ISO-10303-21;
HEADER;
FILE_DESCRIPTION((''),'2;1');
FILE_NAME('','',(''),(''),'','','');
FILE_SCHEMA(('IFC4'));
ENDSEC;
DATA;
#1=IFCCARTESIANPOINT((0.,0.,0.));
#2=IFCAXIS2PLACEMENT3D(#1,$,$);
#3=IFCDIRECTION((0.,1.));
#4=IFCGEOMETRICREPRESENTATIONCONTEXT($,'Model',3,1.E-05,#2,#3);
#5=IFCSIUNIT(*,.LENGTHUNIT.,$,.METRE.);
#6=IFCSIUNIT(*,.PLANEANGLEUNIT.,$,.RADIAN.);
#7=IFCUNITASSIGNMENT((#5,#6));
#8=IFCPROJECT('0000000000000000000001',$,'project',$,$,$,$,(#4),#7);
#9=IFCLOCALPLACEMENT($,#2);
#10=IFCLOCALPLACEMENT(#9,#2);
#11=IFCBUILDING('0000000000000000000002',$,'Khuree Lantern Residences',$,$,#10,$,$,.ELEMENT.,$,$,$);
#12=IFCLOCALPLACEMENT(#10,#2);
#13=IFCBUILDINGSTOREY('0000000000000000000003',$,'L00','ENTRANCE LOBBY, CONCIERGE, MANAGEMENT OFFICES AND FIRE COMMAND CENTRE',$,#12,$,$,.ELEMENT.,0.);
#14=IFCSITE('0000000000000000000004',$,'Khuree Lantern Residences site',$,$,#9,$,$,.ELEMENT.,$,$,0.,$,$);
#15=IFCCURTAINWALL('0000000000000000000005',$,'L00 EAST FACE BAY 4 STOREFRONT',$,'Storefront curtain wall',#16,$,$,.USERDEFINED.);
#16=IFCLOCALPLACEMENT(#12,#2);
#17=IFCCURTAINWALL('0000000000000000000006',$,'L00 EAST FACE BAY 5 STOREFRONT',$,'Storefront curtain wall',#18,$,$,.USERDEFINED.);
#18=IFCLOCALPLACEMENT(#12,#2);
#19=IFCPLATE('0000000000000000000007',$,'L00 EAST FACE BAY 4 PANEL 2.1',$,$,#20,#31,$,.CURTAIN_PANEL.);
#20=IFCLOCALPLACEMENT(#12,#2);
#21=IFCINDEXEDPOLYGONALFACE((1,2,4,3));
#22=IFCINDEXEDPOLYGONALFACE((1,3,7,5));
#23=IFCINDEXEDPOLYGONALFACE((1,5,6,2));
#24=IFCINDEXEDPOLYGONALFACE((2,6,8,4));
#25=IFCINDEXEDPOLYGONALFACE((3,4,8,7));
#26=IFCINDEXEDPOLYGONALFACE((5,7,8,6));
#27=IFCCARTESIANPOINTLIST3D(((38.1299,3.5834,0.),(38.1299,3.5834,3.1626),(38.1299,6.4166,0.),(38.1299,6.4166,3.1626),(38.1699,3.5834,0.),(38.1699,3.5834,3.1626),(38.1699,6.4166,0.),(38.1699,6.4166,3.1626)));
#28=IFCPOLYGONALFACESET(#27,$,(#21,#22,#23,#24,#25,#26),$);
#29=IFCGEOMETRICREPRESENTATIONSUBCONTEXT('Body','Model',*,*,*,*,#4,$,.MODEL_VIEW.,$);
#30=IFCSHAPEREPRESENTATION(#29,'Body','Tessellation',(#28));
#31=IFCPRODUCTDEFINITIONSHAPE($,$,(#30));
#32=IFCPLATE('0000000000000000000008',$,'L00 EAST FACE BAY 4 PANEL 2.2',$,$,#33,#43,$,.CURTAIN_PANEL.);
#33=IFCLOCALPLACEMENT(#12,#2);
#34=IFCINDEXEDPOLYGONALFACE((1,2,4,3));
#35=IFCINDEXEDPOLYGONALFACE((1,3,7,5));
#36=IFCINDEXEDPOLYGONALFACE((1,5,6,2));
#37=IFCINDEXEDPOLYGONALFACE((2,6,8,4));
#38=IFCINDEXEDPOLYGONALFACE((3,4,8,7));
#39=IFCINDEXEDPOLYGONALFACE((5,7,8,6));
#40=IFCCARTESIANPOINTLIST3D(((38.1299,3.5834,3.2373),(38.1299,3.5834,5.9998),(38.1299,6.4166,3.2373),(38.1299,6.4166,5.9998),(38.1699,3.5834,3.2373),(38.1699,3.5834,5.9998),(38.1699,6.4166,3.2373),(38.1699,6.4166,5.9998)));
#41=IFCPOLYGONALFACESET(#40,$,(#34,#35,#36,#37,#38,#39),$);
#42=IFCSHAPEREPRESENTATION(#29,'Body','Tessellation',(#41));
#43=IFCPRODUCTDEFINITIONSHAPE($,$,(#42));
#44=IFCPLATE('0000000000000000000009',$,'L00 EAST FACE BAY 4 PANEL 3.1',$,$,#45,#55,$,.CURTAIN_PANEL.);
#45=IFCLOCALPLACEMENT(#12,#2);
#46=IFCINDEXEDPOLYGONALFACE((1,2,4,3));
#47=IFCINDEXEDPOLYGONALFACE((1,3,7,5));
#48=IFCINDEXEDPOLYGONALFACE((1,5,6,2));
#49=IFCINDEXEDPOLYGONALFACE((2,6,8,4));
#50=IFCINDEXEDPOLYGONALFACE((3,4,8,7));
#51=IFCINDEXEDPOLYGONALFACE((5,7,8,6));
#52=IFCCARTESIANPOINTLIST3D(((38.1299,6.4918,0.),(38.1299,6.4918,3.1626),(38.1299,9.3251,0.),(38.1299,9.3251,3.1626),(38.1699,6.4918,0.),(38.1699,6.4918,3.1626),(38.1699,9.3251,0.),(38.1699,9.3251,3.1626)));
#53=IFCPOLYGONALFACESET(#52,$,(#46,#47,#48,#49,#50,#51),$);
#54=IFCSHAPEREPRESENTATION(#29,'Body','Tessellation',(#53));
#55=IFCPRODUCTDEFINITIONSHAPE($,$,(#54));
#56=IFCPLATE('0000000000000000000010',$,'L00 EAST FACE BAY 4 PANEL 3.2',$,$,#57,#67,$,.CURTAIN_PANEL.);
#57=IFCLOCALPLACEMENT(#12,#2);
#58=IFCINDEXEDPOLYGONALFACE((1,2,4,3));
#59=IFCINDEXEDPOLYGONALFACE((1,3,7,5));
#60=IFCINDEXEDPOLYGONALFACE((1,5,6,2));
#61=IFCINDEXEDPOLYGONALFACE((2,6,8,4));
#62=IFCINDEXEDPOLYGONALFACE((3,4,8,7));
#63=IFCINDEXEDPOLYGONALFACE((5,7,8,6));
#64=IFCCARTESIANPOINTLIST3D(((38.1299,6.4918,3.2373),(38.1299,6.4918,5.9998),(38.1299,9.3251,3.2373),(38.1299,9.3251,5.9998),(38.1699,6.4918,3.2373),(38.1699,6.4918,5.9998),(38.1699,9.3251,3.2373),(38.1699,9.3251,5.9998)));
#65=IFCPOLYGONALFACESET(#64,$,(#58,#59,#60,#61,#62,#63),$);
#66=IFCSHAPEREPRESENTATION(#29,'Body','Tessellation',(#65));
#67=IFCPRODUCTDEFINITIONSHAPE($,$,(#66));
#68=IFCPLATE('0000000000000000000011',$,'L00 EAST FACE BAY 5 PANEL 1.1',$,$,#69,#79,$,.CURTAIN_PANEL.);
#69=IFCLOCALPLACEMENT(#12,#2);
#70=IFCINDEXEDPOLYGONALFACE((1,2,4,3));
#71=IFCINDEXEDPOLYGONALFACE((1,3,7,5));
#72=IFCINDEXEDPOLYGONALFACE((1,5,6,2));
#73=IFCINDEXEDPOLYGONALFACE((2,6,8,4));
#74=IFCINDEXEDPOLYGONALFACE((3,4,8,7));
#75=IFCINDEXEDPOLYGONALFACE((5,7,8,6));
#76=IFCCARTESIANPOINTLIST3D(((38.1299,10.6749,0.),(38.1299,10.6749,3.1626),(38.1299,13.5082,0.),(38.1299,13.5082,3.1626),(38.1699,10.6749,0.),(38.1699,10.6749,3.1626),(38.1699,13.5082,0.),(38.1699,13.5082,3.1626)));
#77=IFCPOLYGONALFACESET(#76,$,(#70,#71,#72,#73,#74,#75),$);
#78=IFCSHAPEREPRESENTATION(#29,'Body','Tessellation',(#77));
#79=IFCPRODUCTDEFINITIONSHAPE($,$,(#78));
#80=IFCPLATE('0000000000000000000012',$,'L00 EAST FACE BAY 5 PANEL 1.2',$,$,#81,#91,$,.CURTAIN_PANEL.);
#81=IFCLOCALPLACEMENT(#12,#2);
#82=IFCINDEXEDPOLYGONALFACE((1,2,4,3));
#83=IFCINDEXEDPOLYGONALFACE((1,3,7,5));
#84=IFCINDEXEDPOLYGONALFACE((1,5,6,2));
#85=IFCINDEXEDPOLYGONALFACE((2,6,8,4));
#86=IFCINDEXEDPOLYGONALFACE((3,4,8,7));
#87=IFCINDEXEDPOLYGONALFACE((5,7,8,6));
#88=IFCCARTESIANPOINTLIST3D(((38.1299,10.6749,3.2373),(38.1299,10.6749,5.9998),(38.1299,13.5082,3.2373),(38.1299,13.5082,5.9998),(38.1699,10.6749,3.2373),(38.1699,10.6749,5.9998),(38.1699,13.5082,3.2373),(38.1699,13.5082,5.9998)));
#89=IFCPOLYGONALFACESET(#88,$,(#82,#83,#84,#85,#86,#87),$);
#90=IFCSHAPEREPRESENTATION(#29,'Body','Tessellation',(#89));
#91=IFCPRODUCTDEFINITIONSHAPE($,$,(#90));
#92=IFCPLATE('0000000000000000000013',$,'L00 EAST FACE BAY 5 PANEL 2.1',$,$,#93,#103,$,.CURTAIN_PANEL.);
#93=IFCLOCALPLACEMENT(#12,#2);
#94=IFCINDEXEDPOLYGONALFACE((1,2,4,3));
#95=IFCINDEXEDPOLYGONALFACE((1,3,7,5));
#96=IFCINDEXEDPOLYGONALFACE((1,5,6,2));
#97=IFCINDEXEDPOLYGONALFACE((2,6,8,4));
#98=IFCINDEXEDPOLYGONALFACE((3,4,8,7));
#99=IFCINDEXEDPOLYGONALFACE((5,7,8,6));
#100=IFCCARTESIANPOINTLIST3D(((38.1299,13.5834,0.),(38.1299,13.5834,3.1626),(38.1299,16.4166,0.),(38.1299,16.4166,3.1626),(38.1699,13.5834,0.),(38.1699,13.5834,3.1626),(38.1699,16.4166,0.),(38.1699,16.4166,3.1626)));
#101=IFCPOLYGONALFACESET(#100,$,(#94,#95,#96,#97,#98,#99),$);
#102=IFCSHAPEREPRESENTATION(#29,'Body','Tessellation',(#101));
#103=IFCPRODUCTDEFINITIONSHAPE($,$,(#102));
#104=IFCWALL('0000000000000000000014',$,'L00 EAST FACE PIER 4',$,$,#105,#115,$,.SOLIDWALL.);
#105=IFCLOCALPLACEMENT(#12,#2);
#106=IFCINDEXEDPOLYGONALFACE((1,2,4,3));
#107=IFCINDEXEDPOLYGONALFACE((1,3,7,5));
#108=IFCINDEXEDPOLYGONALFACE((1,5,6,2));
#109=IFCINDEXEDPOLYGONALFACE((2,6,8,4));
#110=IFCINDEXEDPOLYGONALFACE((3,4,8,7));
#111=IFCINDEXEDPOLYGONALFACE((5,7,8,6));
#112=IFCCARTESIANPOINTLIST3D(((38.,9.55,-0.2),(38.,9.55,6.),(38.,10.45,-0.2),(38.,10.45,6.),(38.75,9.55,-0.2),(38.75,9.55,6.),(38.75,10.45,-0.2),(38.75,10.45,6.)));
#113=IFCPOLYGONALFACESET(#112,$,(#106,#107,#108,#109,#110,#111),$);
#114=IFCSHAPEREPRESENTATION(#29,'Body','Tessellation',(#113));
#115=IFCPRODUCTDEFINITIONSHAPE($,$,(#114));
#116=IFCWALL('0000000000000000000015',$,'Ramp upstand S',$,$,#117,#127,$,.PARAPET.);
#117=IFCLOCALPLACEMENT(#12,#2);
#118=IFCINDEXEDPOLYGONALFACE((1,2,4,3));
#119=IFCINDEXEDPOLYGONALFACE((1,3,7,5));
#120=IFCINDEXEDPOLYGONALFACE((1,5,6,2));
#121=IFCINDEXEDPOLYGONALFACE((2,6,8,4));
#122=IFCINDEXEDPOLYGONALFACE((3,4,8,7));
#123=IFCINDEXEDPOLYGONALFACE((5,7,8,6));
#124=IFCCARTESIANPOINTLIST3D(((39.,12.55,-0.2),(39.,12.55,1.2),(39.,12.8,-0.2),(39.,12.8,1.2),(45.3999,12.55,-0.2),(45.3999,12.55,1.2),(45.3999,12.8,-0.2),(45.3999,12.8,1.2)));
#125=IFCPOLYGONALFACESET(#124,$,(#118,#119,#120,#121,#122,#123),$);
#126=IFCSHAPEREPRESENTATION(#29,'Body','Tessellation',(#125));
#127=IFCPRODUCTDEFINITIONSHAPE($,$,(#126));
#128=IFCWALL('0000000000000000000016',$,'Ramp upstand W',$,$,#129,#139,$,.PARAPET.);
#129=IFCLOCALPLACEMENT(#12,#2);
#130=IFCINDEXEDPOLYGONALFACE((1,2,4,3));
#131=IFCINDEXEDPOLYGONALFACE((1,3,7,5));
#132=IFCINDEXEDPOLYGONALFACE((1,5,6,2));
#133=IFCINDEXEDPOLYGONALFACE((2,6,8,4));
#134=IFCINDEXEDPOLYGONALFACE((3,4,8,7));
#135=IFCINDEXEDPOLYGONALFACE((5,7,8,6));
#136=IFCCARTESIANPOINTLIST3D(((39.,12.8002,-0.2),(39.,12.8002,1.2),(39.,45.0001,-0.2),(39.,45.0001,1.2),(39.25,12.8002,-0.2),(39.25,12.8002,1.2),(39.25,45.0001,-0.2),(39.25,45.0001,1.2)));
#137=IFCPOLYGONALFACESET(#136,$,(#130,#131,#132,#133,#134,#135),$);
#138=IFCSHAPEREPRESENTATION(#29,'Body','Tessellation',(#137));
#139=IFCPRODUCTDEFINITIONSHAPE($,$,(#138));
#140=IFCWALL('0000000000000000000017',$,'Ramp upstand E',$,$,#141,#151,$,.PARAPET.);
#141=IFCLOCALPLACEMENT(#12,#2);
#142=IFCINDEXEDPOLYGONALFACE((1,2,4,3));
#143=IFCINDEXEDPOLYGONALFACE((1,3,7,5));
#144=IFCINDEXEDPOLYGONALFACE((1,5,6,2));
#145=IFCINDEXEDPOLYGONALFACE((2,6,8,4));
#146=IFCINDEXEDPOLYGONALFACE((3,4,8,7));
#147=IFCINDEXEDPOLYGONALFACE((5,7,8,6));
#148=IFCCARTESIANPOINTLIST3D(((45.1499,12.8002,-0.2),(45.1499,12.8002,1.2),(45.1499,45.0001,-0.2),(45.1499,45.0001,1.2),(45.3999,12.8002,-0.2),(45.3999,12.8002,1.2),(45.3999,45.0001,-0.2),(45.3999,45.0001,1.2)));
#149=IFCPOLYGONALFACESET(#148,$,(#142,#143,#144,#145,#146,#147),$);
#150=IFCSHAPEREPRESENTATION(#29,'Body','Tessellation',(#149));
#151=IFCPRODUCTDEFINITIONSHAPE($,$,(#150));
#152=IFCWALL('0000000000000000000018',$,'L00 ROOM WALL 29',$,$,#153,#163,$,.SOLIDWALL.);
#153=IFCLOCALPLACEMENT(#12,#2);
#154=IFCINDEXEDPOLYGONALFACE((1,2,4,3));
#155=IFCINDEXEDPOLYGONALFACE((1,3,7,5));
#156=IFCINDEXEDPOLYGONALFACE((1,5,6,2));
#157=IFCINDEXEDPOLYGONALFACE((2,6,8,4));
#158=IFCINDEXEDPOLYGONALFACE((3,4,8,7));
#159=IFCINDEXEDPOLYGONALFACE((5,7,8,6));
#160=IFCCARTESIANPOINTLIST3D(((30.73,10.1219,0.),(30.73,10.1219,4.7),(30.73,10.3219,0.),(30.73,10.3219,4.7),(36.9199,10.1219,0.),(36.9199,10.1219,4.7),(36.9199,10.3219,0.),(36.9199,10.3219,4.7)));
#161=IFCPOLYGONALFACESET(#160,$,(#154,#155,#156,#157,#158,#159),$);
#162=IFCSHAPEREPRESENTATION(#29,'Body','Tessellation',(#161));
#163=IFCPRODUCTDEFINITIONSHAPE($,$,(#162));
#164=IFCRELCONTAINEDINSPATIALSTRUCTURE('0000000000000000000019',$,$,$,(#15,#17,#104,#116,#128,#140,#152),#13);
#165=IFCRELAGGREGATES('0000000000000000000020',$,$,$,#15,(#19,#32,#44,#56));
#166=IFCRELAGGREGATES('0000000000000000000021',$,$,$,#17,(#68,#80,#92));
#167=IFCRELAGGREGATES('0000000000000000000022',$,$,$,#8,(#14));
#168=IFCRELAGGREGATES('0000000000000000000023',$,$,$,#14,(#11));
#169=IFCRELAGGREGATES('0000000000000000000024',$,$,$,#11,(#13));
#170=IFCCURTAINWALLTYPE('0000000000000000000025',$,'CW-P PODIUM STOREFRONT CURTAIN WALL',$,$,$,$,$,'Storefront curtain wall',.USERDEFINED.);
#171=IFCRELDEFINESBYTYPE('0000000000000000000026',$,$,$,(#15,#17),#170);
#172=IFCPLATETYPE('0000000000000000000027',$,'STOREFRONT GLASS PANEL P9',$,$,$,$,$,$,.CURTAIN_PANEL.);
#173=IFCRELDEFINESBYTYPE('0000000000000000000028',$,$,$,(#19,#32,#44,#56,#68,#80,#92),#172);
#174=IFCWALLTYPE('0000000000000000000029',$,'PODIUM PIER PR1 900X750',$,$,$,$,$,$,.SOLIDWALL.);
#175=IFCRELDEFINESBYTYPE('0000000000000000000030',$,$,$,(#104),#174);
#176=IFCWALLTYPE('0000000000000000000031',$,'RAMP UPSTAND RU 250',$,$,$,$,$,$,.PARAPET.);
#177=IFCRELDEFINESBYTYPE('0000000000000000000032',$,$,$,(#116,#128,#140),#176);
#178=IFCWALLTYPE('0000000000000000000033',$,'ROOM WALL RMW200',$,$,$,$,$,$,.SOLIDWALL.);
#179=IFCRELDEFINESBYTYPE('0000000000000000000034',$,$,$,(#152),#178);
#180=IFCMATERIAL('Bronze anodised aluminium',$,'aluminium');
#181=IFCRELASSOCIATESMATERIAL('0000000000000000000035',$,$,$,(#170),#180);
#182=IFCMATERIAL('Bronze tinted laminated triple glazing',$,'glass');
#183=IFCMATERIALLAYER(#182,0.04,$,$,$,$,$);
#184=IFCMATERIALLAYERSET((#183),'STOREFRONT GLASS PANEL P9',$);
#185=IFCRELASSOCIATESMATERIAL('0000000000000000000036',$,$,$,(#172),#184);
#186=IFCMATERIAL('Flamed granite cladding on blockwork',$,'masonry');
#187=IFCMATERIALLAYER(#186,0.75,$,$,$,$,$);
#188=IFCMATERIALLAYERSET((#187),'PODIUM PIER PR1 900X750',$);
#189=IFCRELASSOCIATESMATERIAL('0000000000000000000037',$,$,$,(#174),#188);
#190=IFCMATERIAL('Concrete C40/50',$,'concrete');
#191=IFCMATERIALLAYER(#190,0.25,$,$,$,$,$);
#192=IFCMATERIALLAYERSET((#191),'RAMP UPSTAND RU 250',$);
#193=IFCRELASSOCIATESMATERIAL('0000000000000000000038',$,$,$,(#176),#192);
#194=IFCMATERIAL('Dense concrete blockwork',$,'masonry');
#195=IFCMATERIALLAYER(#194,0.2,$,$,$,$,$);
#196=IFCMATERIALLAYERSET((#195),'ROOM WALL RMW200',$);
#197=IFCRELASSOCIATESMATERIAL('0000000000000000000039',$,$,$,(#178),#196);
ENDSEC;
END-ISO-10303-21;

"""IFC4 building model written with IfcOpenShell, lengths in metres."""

from ifc_helpers import new_model, si_unit, direction, frame, frame_2d, origin, origin_2d, place, context, subcontext, project, spatial, rectangle, extrude, material, layer, layer_set, type_object, element, aggregate, save


model = new_model("IFC4")

# Units and contexts
model_context = context("Model", 3, precision=1e-05, world=origin(), true_north=direction((0.0, 1.0)))
body_context = subcontext(model_context, "Body", "Model", "MODEL_VIEW")
ifc_project = project(units=[si_unit("LENGTHUNIT", "METRE"), si_unit("PLANEANGLEUNIT", "RADIAN")], contexts=[model_context])

# Site, building, storey
site_placement = place(None, origin())
site = spatial("IfcSite", under=ifc_project, at=site_placement, Name="Khuree Lantern Residences site", CompositionType="ELEMENT", RefElevation=0.0)
building_placement = place(site_placement, origin())
building = spatial("IfcBuilding", under=site, at=building_placement, Name="Khuree Lantern Residences", CompositionType="ELEMENT")
storey_placement = place(building_placement, origin())
storey = spatial("IfcBuildingStorey", under=building, at=storey_placement, Name="L00", Description="ENTRANCE LOBBY, CONCIERGE, MANAGEMENT OFFICES AND FIRE COMMAND CENTRE", CompositionType="ELEMENT", Elevation=0.0)

# Curtain walls
ifc_material_1 = material(Name="Bronze anodised aluminium", Category="aluminium")
curtain_wall_type = type_object("IfcCurtainWallType", Name="CW-P PODIUM STOREFRONT CURTAIN WALL", ElementType="Storefront curtain wall", PredefinedType="USERDEFINED", material=ifc_material_1)
curtain_wall_1_placement = place(storey_placement, origin())
curtain_wall_1 = element("IfcCurtainWall", 1, at=curtain_wall_1_placement, inside=storey, type_object=curtain_wall_type, Name="L00 EAST FACE BAY 4 STOREFRONT", ObjectType="Storefront curtain wall", PredefinedType="USERDEFINED")
curtain_wall_2_placement = place(storey_placement, origin())
curtain_wall_2 = element("IfcCurtainWall", 2, at=curtain_wall_2_placement, inside=storey, type_object=curtain_wall_type, Name="L00 EAST FACE BAY 5 STOREFRONT", ObjectType="Storefront curtain wall", PredefinedType="USERDEFINED")

# Shared definitions
ifc_material_2 = material(Name="Concrete C40/50", Category="concrete")

# Plates
ifc_material_3 = material(Name="Bronze tinted laminated triple glazing", Category="glass")
ifc_layer_1 = layer(ifc_material_3, 0.04)
ifc_layer_set_1 = layer_set([ifc_layer_1], Name="STOREFRONT GLASS PANEL P9")
plate_type = type_object("IfcPlateType", Name="STOREFRONT GLASS PANEL P9", PredefinedType="CURTAIN_PANEL", material=ifc_layer_set_1)
plate_1_placement = place(storey_placement, frame((38.1499, 5.0, 0.0), z_axis=(0.0, 0.0, 1.0), x_axis=(0.0, 1.0, 0.0)))
plate_1 = element("IfcPlate", 3, at=plate_1_placement, type_object=plate_type, Name="L00 EAST FACE BAY 4 PANEL 2.1", PredefinedType="CURTAIN_PANEL", context=body_context, shape_type="SweptSolid", body=[
    extrude(rectangle(XDim=2.8333, YDim=0.04, at=origin_2d()), origin(), (0.0, 0.0, 1.0), 3.1626),
])
plate_2_placement = place(storey_placement, frame((38.1499, 5.0, 3.2373), z_axis=(0.0, 0.0, 1.0), x_axis=(0.0, 1.0, 0.0)))
plate_2 = element("IfcPlate", 4, at=plate_2_placement, type_object=plate_type, Name="L00 EAST FACE BAY 4 PANEL 2.2", PredefinedType="CURTAIN_PANEL", context=body_context, shape_type="SweptSolid", body=[
    extrude(rectangle(XDim=2.8333, YDim=0.04, at=origin_2d()), origin(), (0.0, 0.0, 1.0), 2.7625),
])
plate_3_placement = place(storey_placement, frame((38.1499, 7.9084, 0.0), z_axis=(0.0, 0.0, 1.0), x_axis=(0.0, 1.0, 0.0)))
plate_3 = element("IfcPlate", 5, at=plate_3_placement, type_object=plate_type, Name="L00 EAST FACE BAY 4 PANEL 3.1", PredefinedType="CURTAIN_PANEL", context=body_context, shape_type="SweptSolid", body=[
    extrude(rectangle(XDim=2.8333, YDim=0.04, at=origin_2d()), origin(), (0.0, 0.0, 1.0), 3.1626),
])
plate_4_placement = place(storey_placement, frame((38.1499, 7.9084, 3.2373), z_axis=(0.0, 0.0, 1.0), x_axis=(0.0, 1.0, 0.0)))
plate_4 = element("IfcPlate", 6, at=plate_4_placement, type_object=plate_type, Name="L00 EAST FACE BAY 4 PANEL 3.2", PredefinedType="CURTAIN_PANEL", context=body_context, shape_type="SweptSolid", body=[
    extrude(rectangle(XDim=2.8333, YDim=0.04, at=origin_2d()), origin(), (0.0, 0.0, 1.0), 2.7625),
])
aggregate(curtain_wall_1, [plate_1, plate_2, plate_3, plate_4])
plate_5_placement = place(storey_placement, frame((38.1499, 12.0916, 0.0), z_axis=(0.0, 0.0, 1.0), x_axis=(0.0, 1.0, 0.0)))
plate_5 = element("IfcPlate", 7, at=plate_5_placement, type_object=plate_type, Name="L00 EAST FACE BAY 5 PANEL 1.1", PredefinedType="CURTAIN_PANEL", context=body_context, shape_type="SweptSolid", body=[
    extrude(rectangle(XDim=2.8333, YDim=0.04, at=origin_2d()), origin(), (0.0, 0.0, 1.0), 3.1626),
])
plate_6_placement = place(storey_placement, frame((38.1499, 12.0916, 3.2373), z_axis=(0.0, 0.0, 1.0), x_axis=(0.0, 1.0, 0.0)))
plate_6 = element("IfcPlate", 8, at=plate_6_placement, type_object=plate_type, Name="L00 EAST FACE BAY 5 PANEL 1.2", PredefinedType="CURTAIN_PANEL", context=body_context, shape_type="SweptSolid", body=[
    extrude(rectangle(XDim=2.8333, YDim=0.04, at=origin_2d()), origin(), (0.0, 0.0, 1.0), 2.7625),
])
plate_7_placement = place(storey_placement, frame((38.1499, 15.0, 0.0), z_axis=(0.0, 0.0, 1.0), x_axis=(0.0, 1.0, 0.0)))
plate_7 = element("IfcPlate", 9, at=plate_7_placement, type_object=plate_type, Name="L00 EAST FACE BAY 5 PANEL 2.1", PredefinedType="CURTAIN_PANEL", context=body_context, shape_type="SweptSolid", body=[
    extrude(rectangle(XDim=2.8333, YDim=0.04, at=origin_2d()), origin(), (0.0, 0.0, 1.0), 3.1626),
])
aggregate(curtain_wall_2, [plate_5, plate_6, plate_7])

# Walls
ifc_material_4 = material(Name="Flamed granite cladding on blockwork", Category="masonry")
ifc_layer_2 = layer(ifc_material_4, 0.75)
ifc_layer_set_2 = layer_set([ifc_layer_2], Name="PODIUM PIER PR1 900X750")
wall_type_1 = type_object("IfcWallType", Name="PODIUM PIER PR1 900X750", PredefinedType="SOLIDWALL", material=ifc_layer_set_2)
wall_1_placement = place(storey_placement, frame((38.375, 9.55, -0.2), z_axis=(0.0, 0.0, 1.0), x_axis=(0.0, 1.0, 0.0)))
element("IfcWall", 10, at=wall_1_placement, inside=storey, type_object=wall_type_1, Name="L00 EAST FACE PIER 4", PredefinedType="SOLIDWALL", context=body_context, shape_type="SweptSolid", body=[
    extrude(rectangle(XDim=0.8999, YDim=0.75, at=frame_2d((0.45, 0.0))), origin(), (0.0, 0.0, 1.0), 6.2),
])
ifc_layer_3 = layer(ifc_material_2, 0.25)
ifc_layer_set_3 = layer_set([ifc_layer_3], Name="RAMP UPSTAND RU 250")
wall_type_2 = type_object("IfcWallType", Name="RAMP UPSTAND RU 250", PredefinedType="PARAPET", material=ifc_layer_set_3)
wall_2_placement = place(storey_placement, frame((39.0, 12.675, -0.2), z_axis=(0.0, 0.0, 1.0), x_axis=(1.0, 0.0, 0.0)))
element("IfcWall", 11, at=wall_2_placement, inside=storey, type_object=wall_type_2, Name="Ramp upstand S", PredefinedType="PARAPET", context=body_context, shape_type="SweptSolid", body=[
    extrude(rectangle(XDim=6.3999, YDim=0.25, at=frame_2d((3.2, 0.0))), origin(), (0.0, 0.0, 1.0), 1.3999),
])
for number, where, z_axis, x_axis, name in (
    (12, (39.125, 12.8, -0.2), (0.0, 0.0, 1.0), (0.0, 1.0, 0.0), "Ramp upstand W"),
    (13, (45.2749, 12.8, -0.2), (0.0, 0.0, 1.0), (0.0, 1.0, 0.0), "Ramp upstand E"),
):
    element("IfcWall", number, at=place(storey_placement, frame(where, z_axis=z_axis, x_axis=x_axis)), inside=storey, type_object=wall_type_2, Name=name, PredefinedType="PARAPET", context=body_context, shape_type="SweptSolid", body=[
        extrude(rectangle(XDim=32.2, YDim=0.25, at=frame_2d((16.1001, 0.0))), origin(), (0.0, 0.0, 1.0), 1.3999),
    ])
ifc_material_5 = material(Name="Dense concrete blockwork", Category="masonry")
ifc_layer_4 = layer(ifc_material_5, 0.2)
ifc_layer_set_4 = layer_set([ifc_layer_4], Name="ROOM WALL RMW200")
wall_type_3 = type_object("IfcWallType", Name="ROOM WALL RMW200", PredefinedType="SOLIDWALL", material=ifc_layer_set_4)
wall_3_placement = place(storey_placement, frame((30.73, 10.2219, 0.0), z_axis=(0.0, 0.0, 1.0), x_axis=(1.0, 0.0, 0.0)))
element("IfcWall", 14, at=wall_3_placement, inside=storey, type_object=wall_type_3, Name="L00 ROOM WALL 29", PredefinedType="SOLIDWALL", context=body_context, shape_type="SweptSolid", body=[
    extrude(rectangle(XDim=6.1899, YDim=0.2, at=frame_2d((3.095, 0.0))), origin(), (0.0, 0.0, 1.0), 4.7),
])

save(model, "model.ifc")
